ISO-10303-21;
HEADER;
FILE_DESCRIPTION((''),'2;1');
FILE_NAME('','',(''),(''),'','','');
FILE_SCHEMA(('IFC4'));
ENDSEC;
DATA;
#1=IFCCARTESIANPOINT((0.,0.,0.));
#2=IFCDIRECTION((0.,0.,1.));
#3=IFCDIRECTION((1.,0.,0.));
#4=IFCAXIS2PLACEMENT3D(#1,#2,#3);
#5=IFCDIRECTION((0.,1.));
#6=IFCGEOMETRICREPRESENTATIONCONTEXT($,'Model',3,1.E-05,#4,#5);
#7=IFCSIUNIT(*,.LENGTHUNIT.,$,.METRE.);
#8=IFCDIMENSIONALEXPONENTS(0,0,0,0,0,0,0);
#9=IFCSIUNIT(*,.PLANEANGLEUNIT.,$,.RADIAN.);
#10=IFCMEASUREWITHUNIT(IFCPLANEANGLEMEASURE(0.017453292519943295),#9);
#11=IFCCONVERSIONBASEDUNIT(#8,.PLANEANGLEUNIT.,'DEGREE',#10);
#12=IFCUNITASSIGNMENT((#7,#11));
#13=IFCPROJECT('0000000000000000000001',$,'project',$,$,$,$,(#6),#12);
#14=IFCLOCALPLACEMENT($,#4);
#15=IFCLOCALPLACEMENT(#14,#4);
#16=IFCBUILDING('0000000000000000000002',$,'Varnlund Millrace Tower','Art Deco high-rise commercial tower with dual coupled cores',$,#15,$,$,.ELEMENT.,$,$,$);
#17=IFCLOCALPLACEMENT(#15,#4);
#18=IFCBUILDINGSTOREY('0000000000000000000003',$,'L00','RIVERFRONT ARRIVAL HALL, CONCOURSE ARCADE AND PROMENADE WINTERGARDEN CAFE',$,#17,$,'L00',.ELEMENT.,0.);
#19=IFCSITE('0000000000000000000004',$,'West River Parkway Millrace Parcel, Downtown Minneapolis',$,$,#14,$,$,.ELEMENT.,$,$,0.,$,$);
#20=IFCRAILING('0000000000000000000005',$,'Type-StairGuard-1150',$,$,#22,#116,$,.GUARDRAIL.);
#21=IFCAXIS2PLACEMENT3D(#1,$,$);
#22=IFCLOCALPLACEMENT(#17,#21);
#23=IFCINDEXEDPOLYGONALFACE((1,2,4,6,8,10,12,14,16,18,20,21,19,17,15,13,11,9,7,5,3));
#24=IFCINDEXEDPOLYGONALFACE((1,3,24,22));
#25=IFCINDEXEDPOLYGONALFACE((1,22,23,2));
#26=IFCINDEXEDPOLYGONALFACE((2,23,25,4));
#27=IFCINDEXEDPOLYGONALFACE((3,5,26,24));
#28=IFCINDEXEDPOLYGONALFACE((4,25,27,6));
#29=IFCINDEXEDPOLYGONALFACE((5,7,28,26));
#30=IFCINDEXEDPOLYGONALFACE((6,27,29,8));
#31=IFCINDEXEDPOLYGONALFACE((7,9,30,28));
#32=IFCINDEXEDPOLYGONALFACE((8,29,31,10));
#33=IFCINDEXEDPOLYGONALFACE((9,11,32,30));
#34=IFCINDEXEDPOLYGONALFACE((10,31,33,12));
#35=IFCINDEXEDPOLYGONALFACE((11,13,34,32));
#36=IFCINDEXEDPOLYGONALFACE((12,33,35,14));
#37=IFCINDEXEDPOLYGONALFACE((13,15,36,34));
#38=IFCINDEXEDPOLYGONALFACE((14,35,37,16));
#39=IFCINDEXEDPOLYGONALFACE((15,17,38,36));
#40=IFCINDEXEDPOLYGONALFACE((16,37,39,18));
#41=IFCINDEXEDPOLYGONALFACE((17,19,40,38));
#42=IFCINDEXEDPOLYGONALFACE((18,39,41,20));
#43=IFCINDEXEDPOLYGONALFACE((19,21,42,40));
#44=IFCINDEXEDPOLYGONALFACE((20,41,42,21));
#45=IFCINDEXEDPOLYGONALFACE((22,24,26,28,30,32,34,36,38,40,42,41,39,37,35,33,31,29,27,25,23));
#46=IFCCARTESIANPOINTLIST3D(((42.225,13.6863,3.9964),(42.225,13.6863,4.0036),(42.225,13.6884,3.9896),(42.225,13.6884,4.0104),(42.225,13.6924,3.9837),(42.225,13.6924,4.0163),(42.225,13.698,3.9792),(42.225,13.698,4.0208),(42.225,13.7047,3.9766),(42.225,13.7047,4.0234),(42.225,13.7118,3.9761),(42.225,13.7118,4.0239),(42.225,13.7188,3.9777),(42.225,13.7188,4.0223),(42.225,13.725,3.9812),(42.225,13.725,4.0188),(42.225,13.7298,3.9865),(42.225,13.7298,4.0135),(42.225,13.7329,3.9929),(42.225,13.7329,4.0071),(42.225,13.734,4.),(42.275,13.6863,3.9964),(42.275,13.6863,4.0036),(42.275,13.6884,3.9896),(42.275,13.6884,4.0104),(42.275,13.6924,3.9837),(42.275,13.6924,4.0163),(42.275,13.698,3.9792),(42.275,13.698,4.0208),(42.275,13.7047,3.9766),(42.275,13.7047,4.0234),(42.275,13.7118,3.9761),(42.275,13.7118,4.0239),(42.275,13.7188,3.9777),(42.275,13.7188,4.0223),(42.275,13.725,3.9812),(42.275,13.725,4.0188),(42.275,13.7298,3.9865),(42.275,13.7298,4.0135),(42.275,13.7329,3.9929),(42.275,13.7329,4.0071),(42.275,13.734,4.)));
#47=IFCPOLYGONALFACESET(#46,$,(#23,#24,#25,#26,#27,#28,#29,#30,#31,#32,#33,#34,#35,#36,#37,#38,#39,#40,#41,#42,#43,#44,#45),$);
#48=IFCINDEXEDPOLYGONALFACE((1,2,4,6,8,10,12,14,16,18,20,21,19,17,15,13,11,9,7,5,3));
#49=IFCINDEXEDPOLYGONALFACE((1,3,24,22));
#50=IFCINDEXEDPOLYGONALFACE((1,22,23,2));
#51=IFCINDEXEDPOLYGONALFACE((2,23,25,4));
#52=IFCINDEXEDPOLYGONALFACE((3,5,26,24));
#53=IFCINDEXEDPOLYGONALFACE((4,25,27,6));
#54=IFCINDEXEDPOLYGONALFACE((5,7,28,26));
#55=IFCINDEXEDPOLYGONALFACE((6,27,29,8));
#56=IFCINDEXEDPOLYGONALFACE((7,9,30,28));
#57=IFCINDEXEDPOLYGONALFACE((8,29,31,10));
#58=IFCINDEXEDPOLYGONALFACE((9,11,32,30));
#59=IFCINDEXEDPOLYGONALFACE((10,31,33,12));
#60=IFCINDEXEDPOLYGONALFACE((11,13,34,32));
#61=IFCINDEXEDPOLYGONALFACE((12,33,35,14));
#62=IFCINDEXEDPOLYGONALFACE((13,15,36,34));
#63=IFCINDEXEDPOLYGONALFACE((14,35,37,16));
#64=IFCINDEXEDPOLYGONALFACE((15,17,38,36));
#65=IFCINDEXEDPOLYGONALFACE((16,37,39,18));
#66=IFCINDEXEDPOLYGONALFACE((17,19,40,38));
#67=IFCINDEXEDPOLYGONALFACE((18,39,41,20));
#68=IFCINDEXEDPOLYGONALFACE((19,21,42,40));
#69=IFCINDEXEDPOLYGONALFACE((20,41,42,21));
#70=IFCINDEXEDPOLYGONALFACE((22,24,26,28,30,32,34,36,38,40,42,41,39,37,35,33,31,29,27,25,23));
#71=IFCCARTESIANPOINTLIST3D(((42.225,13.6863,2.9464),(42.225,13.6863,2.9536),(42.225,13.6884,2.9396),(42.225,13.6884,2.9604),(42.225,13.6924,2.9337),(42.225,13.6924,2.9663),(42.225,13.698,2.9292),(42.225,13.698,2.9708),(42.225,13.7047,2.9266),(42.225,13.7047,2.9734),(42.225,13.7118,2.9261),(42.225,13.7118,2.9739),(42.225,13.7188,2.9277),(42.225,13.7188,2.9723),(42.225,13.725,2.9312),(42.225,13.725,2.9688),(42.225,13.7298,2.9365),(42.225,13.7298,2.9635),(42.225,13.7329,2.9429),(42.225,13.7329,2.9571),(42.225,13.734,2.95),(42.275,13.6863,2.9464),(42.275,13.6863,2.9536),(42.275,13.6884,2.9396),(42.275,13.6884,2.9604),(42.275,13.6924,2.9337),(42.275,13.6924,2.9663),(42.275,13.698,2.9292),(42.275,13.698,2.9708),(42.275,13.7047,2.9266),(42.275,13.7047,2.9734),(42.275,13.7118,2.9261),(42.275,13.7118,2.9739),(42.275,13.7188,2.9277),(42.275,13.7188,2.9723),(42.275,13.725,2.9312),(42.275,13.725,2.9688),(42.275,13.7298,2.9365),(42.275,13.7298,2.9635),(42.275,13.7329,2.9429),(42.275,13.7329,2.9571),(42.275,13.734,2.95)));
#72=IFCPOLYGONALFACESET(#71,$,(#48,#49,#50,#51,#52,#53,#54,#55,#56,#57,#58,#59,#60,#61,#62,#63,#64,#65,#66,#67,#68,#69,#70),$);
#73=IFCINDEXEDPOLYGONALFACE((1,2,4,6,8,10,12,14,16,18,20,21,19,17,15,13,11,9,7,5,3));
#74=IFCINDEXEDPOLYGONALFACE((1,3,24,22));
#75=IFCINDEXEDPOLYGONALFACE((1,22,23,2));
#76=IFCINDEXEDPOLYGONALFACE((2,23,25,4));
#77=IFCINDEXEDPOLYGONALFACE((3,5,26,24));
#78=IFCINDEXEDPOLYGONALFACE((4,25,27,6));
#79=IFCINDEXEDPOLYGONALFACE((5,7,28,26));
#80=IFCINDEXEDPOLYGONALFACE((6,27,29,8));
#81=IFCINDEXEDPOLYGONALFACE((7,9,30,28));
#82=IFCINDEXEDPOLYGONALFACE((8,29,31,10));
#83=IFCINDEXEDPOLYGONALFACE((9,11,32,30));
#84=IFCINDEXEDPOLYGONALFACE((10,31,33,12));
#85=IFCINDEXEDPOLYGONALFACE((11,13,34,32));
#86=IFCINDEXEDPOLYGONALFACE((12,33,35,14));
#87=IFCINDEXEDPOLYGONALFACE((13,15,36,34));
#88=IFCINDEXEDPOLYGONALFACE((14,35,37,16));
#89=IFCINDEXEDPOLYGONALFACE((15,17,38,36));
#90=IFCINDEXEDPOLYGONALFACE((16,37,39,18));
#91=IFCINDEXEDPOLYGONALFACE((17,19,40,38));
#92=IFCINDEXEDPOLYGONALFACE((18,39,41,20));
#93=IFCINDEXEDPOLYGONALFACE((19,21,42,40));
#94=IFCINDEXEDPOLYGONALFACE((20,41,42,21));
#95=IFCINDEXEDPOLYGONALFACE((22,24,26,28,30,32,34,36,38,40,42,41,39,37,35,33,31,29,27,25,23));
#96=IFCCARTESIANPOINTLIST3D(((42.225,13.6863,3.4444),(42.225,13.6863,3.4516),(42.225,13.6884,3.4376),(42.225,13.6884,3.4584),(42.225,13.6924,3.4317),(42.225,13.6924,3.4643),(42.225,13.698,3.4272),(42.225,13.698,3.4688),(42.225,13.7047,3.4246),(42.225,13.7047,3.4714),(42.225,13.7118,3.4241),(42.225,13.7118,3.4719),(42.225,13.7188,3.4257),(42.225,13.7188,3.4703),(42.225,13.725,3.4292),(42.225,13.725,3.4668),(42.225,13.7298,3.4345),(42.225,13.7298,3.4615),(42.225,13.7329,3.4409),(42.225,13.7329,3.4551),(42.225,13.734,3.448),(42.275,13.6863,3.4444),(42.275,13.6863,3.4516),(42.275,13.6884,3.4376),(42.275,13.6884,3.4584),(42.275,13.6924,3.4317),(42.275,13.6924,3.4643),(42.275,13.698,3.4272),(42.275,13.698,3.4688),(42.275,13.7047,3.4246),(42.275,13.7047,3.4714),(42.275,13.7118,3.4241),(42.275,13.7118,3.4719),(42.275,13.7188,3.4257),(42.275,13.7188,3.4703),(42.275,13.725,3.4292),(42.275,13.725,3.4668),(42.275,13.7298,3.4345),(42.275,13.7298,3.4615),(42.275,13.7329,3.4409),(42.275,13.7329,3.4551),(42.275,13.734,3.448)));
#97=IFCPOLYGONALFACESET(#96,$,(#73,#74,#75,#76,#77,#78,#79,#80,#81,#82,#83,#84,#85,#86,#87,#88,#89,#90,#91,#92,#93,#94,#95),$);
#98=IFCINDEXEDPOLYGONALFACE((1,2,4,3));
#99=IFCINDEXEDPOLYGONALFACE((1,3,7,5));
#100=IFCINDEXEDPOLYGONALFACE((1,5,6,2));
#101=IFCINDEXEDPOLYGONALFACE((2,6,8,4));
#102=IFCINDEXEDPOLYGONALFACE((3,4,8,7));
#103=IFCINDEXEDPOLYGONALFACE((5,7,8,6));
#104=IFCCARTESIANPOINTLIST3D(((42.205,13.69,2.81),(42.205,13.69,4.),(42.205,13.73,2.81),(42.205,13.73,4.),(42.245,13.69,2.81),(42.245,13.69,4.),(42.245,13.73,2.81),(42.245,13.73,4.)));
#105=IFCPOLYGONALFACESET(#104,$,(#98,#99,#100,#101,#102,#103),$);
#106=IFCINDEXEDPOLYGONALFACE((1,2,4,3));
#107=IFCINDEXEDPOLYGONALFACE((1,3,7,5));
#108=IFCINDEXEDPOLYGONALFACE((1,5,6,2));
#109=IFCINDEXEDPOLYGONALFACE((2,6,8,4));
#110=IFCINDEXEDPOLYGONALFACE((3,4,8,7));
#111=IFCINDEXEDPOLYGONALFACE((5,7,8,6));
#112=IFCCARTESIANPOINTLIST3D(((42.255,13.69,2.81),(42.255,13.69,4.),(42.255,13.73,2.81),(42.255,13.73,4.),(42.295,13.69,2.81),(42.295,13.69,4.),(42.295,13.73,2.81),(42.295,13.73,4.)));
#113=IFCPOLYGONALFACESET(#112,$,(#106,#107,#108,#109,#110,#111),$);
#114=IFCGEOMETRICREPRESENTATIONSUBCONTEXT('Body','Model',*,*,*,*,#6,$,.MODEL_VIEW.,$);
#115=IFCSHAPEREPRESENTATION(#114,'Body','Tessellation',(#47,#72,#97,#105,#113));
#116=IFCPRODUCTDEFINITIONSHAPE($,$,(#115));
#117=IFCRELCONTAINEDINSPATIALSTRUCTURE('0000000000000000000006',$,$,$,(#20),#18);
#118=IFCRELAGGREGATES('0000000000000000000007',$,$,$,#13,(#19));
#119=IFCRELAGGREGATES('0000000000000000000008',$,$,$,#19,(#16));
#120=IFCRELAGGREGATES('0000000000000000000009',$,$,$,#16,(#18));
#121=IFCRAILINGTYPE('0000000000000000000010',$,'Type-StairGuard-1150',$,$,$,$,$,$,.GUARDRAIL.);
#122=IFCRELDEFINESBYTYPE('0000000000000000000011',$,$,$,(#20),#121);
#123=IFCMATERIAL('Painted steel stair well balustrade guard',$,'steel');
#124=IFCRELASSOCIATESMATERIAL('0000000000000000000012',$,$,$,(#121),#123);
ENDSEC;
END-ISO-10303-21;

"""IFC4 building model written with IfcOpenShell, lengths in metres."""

from ifc_helpers import new_model, entity, si_unit, converted_unit, direction, frame, origin_with_axes, origin_2d_with_axis, place, context, subcontext, project, spatial, rectangle, circle, extrude, material, type_object, element, save


model = new_model("IFC4")

# Units and contexts
model_context = context("Model", 3, precision=1e-05, world=origin_with_axes(), true_north=direction((0.0, 1.0)))
body_context = subcontext(model_context, "Body", "Model", "MODEL_VIEW")
ifc_project = project(units=[si_unit("LENGTHUNIT", "METRE"), converted_unit("PLANEANGLEUNIT", "DEGREE", entity("IfcPlaneAngleMeasure", 0.017453292519943295), si_unit("PLANEANGLEUNIT", "RADIAN"), dimensions=[0, 0, 0, 0, 0, 0, 0])], contexts=[model_context])

# Site, building, storey
site_placement = place(None, origin_with_axes())
site = spatial("IfcSite", under=ifc_project, at=site_placement, Name="West River Parkway Millrace Parcel, Downtown Minneapolis", CompositionType="ELEMENT", RefElevation=0.0)
building_placement = place(site_placement, origin_with_axes())
building = spatial("IfcBuilding", under=site, at=building_placement, Name="Varnlund Millrace Tower", Description="Art Deco high-rise commercial tower with dual coupled cores", CompositionType="ELEMENT")
storey_placement = place(building_placement, origin_with_axes())
storey = spatial("IfcBuildingStorey", under=building, at=storey_placement, Name="L00", Description="RIVERFRONT ARRIVAL HALL, CONCOURSE ARCADE AND PROMENADE WINTERGARDEN CAFE", LongName="L00", CompositionType="ELEMENT", Elevation=0.0)

# Railing
ifc_material_1 = material(Name="Painted steel stair well balustrade guard", Category="steel")
railing_type_1 = type_object("IfcRailingType", Name="Type-StairGuard-1150", PredefinedType="GUARDRAIL", material=ifc_material_1)
railing_1_placement = place(storey_placement, origin_with_axes())
element("IfcRailing", 1, at=railing_1_placement, inside=storey, type_object=railing_type_1, Name="Type-StairGuard-1150", PredefinedType="GUARDRAIL", context=body_context, shape_type="SweptSolid", body=[
    extrude(circle(Radius=0.024, at=origin_2d_with_axis()), frame((42.225, 13.71, 4.0), z_axis=(1.0, 0.0, 0.0), x_axis=(0.0, 1.0, 0.0)), (0.0, 0.0, 1.0), 0.05),
    extrude(circle(Radius=0.024, at=origin_2d_with_axis()), frame((42.225, 13.71, 2.95), z_axis=(1.0, 0.0, 0.0), x_axis=(0.0, 1.0, 0.0)), (0.0, 0.0, 1.0), 0.05),
    extrude(circle(Radius=0.024, at=origin_2d_with_axis()), frame((42.225, 13.71, 3.448), z_axis=(1.0, 0.0, 0.0), x_axis=(0.0, 1.0, 0.0)), (0.0, 0.0, 1.0), 0.05),
    extrude(rectangle(XDim=0.04, YDim=0.04, at=origin_2d_with_axis()), frame((42.225, 13.71, 2.81), z_axis=(0.0, 0.0, 1.0), x_axis=(1.0, 0.0, 0.0)), (0.0, 0.0, 1.0), 1.19),
    extrude(rectangle(XDim=0.04, YDim=0.04, at=origin_2d_with_axis()), frame((42.275, 13.71, 2.81), z_axis=(0.0, 0.0, 1.0), x_axis=(1.0, 0.0, 0.0)), (0.0, 0.0, 1.0), 1.19),
])

save(model, "model.ifc")
